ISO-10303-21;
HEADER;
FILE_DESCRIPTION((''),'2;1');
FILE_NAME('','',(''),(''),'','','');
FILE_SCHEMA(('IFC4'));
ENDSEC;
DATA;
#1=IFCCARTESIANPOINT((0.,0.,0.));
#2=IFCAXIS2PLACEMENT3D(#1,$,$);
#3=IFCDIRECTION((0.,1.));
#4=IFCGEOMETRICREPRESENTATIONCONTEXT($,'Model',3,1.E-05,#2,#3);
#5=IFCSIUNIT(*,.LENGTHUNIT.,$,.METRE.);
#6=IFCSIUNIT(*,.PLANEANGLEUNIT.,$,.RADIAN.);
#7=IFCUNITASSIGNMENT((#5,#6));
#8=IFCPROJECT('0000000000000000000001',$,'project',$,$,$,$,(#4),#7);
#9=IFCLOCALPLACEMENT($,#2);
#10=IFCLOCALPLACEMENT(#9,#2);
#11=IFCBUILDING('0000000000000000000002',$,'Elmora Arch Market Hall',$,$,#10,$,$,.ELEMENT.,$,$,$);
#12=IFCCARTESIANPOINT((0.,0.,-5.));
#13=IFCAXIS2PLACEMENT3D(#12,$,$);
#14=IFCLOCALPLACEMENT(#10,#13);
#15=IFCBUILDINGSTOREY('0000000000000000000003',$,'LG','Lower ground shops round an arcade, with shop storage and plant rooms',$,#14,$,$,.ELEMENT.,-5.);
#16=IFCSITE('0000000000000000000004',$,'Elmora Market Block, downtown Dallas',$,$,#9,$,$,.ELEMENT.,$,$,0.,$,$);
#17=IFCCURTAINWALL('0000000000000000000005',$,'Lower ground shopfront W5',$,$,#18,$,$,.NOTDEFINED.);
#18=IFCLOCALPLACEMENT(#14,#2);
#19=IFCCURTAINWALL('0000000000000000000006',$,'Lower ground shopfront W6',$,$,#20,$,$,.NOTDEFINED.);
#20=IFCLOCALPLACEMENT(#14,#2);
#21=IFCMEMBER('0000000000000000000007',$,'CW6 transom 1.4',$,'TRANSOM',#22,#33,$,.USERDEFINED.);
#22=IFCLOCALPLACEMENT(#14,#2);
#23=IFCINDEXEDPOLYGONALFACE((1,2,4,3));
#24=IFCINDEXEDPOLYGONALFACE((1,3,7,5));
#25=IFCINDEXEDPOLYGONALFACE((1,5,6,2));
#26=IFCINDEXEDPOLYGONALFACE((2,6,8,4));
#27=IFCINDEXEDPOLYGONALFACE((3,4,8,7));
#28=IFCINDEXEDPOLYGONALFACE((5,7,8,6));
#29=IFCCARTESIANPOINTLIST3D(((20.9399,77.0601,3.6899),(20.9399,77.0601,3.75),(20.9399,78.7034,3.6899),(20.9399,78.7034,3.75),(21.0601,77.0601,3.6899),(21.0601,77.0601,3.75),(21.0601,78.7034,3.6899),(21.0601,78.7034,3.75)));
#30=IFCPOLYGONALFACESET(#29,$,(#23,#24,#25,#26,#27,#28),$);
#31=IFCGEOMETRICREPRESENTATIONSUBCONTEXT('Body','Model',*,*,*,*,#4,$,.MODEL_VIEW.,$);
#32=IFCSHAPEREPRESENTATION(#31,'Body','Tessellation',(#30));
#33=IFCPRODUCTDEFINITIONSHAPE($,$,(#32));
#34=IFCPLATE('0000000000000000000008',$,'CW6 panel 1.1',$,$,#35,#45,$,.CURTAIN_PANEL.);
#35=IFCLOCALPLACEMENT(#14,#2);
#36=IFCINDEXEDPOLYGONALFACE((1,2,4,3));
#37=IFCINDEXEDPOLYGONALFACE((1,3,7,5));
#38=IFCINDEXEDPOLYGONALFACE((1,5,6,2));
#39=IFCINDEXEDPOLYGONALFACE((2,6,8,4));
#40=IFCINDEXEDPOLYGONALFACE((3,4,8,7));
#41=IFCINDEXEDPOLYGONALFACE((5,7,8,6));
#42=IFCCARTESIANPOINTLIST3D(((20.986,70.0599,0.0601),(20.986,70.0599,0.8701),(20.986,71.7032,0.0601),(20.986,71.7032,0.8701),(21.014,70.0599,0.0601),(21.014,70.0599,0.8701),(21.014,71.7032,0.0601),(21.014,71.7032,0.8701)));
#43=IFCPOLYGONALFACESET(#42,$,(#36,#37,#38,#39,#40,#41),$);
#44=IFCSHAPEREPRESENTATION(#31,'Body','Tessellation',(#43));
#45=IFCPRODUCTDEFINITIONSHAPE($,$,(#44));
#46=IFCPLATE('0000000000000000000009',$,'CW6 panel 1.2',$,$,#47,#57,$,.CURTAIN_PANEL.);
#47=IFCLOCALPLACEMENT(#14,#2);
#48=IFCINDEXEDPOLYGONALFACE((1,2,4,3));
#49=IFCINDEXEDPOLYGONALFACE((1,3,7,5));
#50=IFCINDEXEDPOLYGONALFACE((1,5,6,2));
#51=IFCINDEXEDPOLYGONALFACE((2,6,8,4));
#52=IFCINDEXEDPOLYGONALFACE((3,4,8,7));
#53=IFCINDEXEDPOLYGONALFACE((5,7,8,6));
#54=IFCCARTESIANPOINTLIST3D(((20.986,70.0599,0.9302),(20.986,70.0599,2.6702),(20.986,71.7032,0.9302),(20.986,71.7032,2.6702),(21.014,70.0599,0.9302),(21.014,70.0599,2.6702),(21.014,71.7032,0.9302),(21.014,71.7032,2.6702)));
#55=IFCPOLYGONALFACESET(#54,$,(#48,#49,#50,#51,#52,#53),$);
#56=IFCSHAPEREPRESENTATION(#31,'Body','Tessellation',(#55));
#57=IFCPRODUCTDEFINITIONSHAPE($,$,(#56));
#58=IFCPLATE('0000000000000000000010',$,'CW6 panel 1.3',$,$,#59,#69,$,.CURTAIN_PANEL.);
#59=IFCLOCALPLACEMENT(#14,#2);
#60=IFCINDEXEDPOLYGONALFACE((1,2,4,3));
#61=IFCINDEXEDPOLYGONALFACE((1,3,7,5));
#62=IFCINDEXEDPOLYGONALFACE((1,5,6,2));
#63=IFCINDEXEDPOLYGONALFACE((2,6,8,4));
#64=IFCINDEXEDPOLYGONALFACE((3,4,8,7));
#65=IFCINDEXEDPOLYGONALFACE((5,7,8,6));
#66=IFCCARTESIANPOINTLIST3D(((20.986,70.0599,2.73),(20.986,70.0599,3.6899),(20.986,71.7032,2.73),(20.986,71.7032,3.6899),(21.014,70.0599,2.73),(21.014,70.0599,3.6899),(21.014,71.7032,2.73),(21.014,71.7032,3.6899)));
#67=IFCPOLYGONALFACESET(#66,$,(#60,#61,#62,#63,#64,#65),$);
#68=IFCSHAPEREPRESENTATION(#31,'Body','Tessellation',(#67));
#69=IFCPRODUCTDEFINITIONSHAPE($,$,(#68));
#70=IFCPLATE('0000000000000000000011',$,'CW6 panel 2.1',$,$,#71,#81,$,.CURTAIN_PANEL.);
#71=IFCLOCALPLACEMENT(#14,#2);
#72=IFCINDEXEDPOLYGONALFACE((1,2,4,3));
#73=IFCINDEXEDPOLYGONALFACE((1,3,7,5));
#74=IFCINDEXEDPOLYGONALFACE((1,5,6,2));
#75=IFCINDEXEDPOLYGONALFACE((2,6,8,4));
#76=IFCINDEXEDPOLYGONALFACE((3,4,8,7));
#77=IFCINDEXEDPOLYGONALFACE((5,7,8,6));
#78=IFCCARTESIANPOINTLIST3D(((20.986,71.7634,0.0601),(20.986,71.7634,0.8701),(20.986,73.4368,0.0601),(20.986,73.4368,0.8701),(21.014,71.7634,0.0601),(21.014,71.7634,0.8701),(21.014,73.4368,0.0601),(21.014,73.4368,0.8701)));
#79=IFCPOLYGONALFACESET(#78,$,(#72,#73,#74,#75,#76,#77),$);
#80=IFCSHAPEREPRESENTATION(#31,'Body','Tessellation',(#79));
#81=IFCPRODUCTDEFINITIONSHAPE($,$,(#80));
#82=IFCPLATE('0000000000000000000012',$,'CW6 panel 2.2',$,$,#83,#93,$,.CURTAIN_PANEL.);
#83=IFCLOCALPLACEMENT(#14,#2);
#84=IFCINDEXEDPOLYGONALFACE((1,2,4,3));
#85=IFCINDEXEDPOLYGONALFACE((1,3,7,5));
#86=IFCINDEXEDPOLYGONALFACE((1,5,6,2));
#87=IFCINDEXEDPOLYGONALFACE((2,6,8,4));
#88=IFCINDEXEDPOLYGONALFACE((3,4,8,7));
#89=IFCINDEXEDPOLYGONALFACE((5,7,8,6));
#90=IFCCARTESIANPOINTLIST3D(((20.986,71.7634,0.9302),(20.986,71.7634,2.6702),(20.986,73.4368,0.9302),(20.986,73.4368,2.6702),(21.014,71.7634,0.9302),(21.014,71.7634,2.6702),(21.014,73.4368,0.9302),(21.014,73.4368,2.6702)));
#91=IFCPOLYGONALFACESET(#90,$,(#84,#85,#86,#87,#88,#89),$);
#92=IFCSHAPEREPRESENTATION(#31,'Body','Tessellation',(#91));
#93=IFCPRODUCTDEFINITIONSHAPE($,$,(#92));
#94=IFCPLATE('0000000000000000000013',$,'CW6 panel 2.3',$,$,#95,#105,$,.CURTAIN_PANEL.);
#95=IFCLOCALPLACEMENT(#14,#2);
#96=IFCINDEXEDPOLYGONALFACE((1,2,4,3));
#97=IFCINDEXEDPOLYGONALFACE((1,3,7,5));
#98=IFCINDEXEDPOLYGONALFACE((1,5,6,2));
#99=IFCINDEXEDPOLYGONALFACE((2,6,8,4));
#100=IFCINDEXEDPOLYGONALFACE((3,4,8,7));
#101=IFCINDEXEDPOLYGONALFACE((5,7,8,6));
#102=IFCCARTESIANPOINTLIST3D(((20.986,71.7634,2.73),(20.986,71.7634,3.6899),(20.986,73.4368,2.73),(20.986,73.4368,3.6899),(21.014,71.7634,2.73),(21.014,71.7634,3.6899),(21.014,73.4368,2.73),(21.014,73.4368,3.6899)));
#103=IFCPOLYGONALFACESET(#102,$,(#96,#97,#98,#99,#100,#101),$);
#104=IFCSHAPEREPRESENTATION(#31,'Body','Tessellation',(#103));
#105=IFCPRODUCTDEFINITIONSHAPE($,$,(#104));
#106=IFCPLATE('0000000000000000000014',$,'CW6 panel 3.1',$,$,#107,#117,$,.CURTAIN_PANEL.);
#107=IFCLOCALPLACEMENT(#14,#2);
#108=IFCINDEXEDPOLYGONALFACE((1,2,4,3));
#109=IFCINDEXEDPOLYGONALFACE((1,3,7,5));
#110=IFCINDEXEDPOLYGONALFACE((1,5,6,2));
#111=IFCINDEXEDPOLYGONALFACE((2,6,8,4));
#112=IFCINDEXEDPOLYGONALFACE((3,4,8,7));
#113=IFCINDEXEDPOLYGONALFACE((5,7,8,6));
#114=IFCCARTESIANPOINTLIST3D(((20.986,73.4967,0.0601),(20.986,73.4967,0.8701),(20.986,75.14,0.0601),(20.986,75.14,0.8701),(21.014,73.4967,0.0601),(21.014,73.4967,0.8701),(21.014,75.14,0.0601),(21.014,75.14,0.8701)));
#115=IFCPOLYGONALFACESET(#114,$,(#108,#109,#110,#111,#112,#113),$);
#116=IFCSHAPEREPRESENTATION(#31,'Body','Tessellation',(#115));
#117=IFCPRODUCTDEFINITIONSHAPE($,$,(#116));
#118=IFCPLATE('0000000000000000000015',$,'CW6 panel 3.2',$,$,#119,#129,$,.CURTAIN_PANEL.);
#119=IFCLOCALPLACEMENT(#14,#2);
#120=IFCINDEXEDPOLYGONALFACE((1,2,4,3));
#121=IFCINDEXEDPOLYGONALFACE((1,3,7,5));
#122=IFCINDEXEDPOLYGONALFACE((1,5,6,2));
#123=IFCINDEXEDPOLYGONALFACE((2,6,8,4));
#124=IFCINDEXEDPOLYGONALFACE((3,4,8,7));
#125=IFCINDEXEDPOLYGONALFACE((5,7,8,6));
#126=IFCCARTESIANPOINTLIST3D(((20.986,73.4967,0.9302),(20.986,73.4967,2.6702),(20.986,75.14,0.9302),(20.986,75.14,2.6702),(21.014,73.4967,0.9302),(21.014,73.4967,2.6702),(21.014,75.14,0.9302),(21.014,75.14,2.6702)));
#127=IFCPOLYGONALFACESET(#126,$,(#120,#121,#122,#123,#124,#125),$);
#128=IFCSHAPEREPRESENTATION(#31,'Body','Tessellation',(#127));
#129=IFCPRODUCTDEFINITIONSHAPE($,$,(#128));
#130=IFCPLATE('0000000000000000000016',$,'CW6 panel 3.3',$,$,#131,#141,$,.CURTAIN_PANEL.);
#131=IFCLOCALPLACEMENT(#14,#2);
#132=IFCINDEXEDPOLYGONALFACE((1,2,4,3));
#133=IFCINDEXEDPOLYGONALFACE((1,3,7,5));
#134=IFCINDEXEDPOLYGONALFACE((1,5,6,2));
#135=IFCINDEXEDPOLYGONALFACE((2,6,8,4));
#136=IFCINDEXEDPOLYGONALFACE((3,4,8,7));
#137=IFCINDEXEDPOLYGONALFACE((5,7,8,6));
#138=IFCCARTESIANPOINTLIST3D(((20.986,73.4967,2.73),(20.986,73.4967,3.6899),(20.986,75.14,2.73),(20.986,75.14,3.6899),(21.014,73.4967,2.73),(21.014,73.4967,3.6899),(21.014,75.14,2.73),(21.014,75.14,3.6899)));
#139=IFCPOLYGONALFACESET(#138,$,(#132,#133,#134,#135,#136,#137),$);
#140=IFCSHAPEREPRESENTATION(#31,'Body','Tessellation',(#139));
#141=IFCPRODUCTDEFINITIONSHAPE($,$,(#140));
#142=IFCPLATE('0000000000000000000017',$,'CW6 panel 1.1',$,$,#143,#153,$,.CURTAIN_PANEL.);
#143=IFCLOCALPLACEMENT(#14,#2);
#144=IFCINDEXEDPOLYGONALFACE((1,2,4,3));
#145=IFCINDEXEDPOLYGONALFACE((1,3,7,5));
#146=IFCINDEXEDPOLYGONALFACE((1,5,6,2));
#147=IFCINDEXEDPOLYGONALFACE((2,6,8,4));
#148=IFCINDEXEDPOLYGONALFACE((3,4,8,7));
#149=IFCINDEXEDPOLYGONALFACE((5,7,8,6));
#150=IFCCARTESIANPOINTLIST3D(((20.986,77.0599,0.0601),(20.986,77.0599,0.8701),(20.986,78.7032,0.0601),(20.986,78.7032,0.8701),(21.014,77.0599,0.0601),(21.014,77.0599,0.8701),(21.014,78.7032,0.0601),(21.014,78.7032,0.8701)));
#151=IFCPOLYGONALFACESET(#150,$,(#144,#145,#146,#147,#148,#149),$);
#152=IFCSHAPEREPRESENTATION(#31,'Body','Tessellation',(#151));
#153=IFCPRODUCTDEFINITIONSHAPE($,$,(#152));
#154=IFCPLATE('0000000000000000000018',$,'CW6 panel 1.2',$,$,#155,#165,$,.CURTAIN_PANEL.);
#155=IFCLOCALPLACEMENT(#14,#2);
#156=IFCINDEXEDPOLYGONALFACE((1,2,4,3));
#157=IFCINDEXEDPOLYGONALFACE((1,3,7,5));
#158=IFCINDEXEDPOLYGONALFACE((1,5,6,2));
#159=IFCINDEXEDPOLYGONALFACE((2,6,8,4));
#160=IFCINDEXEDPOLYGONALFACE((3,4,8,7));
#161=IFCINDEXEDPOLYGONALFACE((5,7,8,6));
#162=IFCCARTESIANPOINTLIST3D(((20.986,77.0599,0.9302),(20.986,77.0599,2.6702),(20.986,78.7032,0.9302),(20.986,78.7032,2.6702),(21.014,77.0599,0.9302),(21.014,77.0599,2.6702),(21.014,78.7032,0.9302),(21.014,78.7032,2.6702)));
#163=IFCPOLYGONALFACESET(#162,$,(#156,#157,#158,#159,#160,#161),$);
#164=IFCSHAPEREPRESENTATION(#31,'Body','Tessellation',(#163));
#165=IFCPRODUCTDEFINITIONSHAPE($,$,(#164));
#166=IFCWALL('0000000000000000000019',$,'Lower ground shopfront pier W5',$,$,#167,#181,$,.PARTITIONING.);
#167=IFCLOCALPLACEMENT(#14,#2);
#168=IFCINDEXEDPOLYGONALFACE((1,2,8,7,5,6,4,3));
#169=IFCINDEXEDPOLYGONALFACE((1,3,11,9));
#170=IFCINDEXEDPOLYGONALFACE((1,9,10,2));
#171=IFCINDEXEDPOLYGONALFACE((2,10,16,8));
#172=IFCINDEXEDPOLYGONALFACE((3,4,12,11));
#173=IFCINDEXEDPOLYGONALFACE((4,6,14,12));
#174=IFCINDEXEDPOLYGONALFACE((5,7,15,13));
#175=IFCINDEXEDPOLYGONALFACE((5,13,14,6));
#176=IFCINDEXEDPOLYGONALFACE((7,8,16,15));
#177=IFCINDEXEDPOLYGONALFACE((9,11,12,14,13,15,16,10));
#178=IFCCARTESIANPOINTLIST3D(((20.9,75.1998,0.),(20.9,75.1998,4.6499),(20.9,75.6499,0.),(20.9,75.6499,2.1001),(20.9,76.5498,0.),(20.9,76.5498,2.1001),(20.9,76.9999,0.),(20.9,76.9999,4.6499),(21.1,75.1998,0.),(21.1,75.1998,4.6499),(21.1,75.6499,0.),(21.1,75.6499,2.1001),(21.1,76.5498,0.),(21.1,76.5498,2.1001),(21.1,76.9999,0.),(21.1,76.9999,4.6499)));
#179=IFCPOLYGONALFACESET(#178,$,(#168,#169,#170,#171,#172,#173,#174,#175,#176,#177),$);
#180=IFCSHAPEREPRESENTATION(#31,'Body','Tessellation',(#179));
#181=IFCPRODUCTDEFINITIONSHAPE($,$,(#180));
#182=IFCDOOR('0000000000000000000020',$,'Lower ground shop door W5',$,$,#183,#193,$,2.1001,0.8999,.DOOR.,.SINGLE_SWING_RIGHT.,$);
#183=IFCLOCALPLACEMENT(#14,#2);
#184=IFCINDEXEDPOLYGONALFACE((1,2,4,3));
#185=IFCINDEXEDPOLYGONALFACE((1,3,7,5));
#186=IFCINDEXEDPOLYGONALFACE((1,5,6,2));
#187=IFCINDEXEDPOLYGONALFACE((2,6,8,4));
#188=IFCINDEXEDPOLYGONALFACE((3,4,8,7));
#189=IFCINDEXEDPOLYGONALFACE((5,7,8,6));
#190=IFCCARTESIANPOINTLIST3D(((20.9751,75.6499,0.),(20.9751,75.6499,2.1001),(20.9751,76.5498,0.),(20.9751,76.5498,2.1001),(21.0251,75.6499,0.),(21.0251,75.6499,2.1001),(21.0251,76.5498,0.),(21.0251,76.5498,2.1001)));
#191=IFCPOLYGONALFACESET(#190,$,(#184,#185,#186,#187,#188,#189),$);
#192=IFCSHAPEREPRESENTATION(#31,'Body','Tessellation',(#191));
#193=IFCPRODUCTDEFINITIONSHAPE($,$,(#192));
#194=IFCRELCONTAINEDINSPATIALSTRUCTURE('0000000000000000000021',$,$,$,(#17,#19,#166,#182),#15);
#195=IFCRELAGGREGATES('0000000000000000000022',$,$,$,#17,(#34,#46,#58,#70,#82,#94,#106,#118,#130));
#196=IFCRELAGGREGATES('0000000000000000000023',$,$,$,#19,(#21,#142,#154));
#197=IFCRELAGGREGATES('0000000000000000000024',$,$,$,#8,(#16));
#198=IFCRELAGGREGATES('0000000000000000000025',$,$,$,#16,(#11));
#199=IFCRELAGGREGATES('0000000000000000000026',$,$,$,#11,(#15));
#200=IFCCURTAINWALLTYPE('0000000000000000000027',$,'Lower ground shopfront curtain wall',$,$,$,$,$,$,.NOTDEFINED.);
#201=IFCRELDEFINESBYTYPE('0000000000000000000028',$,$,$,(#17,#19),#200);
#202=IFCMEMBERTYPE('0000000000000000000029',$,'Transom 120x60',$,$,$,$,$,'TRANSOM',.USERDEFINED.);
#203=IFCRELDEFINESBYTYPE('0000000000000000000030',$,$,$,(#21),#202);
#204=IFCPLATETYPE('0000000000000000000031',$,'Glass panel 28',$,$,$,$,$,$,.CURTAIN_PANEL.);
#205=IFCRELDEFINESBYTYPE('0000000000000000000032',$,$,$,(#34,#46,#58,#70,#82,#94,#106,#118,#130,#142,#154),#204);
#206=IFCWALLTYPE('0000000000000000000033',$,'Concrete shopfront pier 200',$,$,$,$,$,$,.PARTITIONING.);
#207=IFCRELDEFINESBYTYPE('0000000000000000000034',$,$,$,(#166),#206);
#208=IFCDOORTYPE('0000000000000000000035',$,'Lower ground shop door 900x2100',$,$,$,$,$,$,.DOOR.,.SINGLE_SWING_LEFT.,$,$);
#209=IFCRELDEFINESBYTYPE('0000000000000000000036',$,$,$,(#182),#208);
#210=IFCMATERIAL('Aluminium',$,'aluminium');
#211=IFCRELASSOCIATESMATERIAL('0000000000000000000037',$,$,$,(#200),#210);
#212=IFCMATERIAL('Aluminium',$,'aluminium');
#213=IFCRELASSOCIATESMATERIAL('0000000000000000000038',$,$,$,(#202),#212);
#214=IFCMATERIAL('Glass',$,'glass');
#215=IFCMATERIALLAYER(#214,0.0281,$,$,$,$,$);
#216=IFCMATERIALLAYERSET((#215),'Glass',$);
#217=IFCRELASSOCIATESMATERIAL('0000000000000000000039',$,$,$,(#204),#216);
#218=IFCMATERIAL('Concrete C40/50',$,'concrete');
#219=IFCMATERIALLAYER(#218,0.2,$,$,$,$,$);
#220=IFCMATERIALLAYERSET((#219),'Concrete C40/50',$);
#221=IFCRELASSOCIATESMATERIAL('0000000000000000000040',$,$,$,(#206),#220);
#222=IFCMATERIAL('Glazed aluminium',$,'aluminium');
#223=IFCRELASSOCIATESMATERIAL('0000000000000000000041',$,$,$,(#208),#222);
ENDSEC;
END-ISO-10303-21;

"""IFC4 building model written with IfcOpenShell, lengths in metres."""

from ifc_helpers import new_model, si_unit, direction, frame, frame_2d, origin, origin_2d, place, context, subcontext, project, spatial, rectangle, extrude, material, layer, layer_set, material_profile, profile_set, type_object, element, fill, aggregate, save


model = new_model("IFC4")

# Units and contexts
model_context = context("Model", 3, precision=1e-05, world=origin(), true_north=direction((0.0, 1.0)))
body_context = subcontext(model_context, "Body", "Model", "MODEL_VIEW")
ifc_project = project(units=[si_unit("LENGTHUNIT", "METRE"), si_unit("PLANEANGLEUNIT", "RADIAN")], contexts=[model_context])

# Site, building, storey
site_placement = place(None, origin())
site = spatial("IfcSite", under=ifc_project, at=site_placement, Name="Elmora Market Block, downtown Dallas", CompositionType="ELEMENT", RefElevation=0.0)
building_placement = place(site_placement, origin())
building = spatial("IfcBuilding", under=site, at=building_placement, Name="Elmora Arch Market Hall", CompositionType="ELEMENT")
storey_placement = place(building_placement, frame((0.0, 0.0, -5.0)))
storey = spatial("IfcBuildingStorey", under=building, at=storey_placement, Name="LG", Description="Lower ground shops round an arcade, with shop storage and plant rooms", CompositionType="ELEMENT", Elevation=-5.0)

# Curtain wall
ifc_material_1 = material(Name="Aluminium", Category="aluminium")
curtain_wall_type = type_object("IfcCurtainWallType", Name="Lower ground shopfront curtain wall", PredefinedType="NOTDEFINED", material=ifc_material_1)
curtain_wall_1_placement = place(storey_placement, origin())
curtain_wall_1 = element("IfcCurtainWall", 1, at=curtain_wall_1_placement, inside=storey, type_object=curtain_wall_type, Name="Lower ground shopfront W5", PredefinedType="NOTDEFINED")

# Curtain wall
curtain_wall_2_placement = place(storey_placement, origin())
curtain_wall_2 = element("IfcCurtainWall", 2, at=curtain_wall_2_placement, inside=storey, type_object=curtain_wall_type, Name="Lower ground shopfront W6", PredefinedType="NOTDEFINED")

# Member
ifc_material_2 = material(Name="Aluminium", Category="aluminium")
ifc_material_profile_1 = material_profile(ifc_material_2, rectangle(XDim=0.1201, YDim=0.0601, at=origin_2d()), Name="AL 120x60")
ifc_profile_set_1 = profile_set([ifc_material_profile_1], Name="Aluminium")
member_type_1 = type_object("IfcMemberType", Name="Transom 120x60", ElementType="TRANSOM", PredefinedType="USERDEFINED", material=ifc_profile_set_1)
member_1_placement = place(storey_placement, frame((21.0, 77.0601, 3.72), z_axis=(0.0, 1.0, 0.0), x_axis=(-1.0, 0.0, 0.0)))
member_1 = element("IfcMember", 3, at=member_1_placement, type_object=member_type_1, Name="CW6 transom 1.4", ObjectType="TRANSOM", PredefinedType="USERDEFINED", context=body_context, shape_type="SweptSolid", body=[
    extrude(rectangle(XDim=0.1201, YDim=0.0601, at=origin_2d()), origin(), (0.0, 0.0, 1.0), 1.6433),
])

# Plates
ifc_material_3 = material(Name="Glass", Category="glass")
ifc_layer_1 = layer(ifc_material_3, 0.0281)
ifc_layer_set_1 = layer_set([ifc_layer_1], Name="Glass")
plate_type = type_object("IfcPlateType", Name="Glass panel 28", PredefinedType="CURTAIN_PANEL", material=ifc_layer_set_1)
plate_1_placement = place(storey_placement, frame((21.0, 70.8816, 0.0601), z_axis=(0.0, 0.0, 1.0), x_axis=(0.0, 1.0, 0.0)))
plate_1 = element("IfcPlate", 4, at=plate_1_placement, type_object=plate_type, Name="CW6 panel 1.1", PredefinedType="CURTAIN_PANEL", context=body_context, shape_type="SweptSolid", body=[
    extrude(rectangle(XDim=1.6433, YDim=0.0281, at=origin_2d()), origin(), (0.0, 0.0, 1.0), 0.8101),
])
plate_2_placement = place(storey_placement, frame((21.0, 70.8816, 0.9302), z_axis=(0.0, 0.0, 1.0), x_axis=(0.0, 1.0, 0.0)))
plate_2 = element("IfcPlate", 5, at=plate_2_placement, type_object=plate_type, Name="CW6 panel 1.2", PredefinedType="CURTAIN_PANEL", context=body_context, shape_type="SweptSolid", body=[
    extrude(rectangle(XDim=1.6433, YDim=0.0281, at=origin_2d()), origin(), (0.0, 0.0, 1.0), 1.74),
])
plate_3_placement = place(storey_placement, frame((21.0, 70.8816, 2.73), z_axis=(0.0, 0.0, 1.0), x_axis=(0.0, 1.0, 0.0)))
plate_3 = element("IfcPlate", 6, at=plate_3_placement, type_object=plate_type, Name="CW6 panel 1.3", PredefinedType="CURTAIN_PANEL", context=body_context, shape_type="SweptSolid", body=[
    extrude(rectangle(XDim=1.6433, YDim=0.0281, at=origin_2d()), origin(), (0.0, 0.0, 1.0), 0.96),
])
plate_4_placement = place(storey_placement, frame((21.0, 72.6001, 0.0601), z_axis=(0.0, 0.0, 1.0), x_axis=(0.0, 1.0, 0.0)))
plate_4 = element("IfcPlate", 7, at=plate_4_placement, type_object=plate_type, Name="CW6 panel 2.1", PredefinedType="CURTAIN_PANEL", context=body_context, shape_type="SweptSolid", body=[
    extrude(rectangle(XDim=1.6733, YDim=0.0281, at=origin_2d()), origin(), (0.0, 0.0, 1.0), 0.8101),
])
plate_5_placement = place(storey_placement, frame((21.0, 72.6001, 0.9302), z_axis=(0.0, 0.0, 1.0), x_axis=(0.0, 1.0, 0.0)))
plate_5 = element("IfcPlate", 8, at=plate_5_placement, type_object=plate_type, Name="CW6 panel 2.2", PredefinedType="CURTAIN_PANEL", context=body_context, shape_type="SweptSolid", body=[
    extrude(rectangle(XDim=1.6733, YDim=0.0281, at=origin_2d()), origin(), (0.0, 0.0, 1.0), 1.74),
])
plate_6_placement = place(storey_placement, frame((21.0, 72.6001, 2.73), z_axis=(0.0, 0.0, 1.0), x_axis=(0.0, 1.0, 0.0)))
plate_6 = element("IfcPlate", 9, at=plate_6_placement, type_object=plate_type, Name="CW6 panel 2.3", PredefinedType="CURTAIN_PANEL", context=body_context, shape_type="SweptSolid", body=[
    extrude(rectangle(XDim=1.6733, YDim=0.0281, at=origin_2d()), origin(), (0.0, 0.0, 1.0), 0.96),
])
plate_7_placement = place(storey_placement, frame((21.0, 74.3184, 0.0601), z_axis=(0.0, 0.0, 1.0), x_axis=(0.0, 1.0, 0.0)))
plate_7 = element("IfcPlate", 10, at=plate_7_placement, type_object=plate_type, Name="CW6 panel 3.1", PredefinedType="CURTAIN_PANEL", context=body_context, shape_type="SweptSolid", body=[
    extrude(rectangle(XDim=1.6433, YDim=0.0281, at=origin_2d()), origin(), (0.0, 0.0, 1.0), 0.8101),
])
plate_8_placement = place(storey_placement, frame((21.0, 74.3184, 0.9302), z_axis=(0.0, 0.0, 1.0), x_axis=(0.0, 1.0, 0.0)))
plate_8 = element("IfcPlate", 11, at=plate_8_placement, type_object=plate_type, Name="CW6 panel 3.2", PredefinedType="CURTAIN_PANEL", context=body_context, shape_type="SweptSolid", body=[
    extrude(rectangle(XDim=1.6433, YDim=0.0281, at=origin_2d()), origin(), (0.0, 0.0, 1.0), 1.74),
])
plate_9_placement = place(storey_placement, frame((21.0, 74.3184, 2.73), z_axis=(0.0, 0.0, 1.0), x_axis=(0.0, 1.0, 0.0)))
plate_9 = element("IfcPlate", 12, at=plate_9_placement, type_object=plate_type, Name="CW6 panel 3.3", PredefinedType="CURTAIN_PANEL", context=body_context, shape_type="SweptSolid", body=[
    extrude(rectangle(XDim=1.6433, YDim=0.0281, at=origin_2d()), origin(), (0.0, 0.0, 1.0), 0.96),
])
aggregate(curtain_wall_1, [plate_1, plate_2, plate_3, plate_4, plate_5, plate_6, plate_7, plate_8, plate_9])
plate_10_placement = place(storey_placement, frame((21.0, 77.8816, 0.0601), z_axis=(0.0, 0.0, 1.0), x_axis=(0.0, 1.0, 0.0)))
plate_10 = element("IfcPlate", 13, at=plate_10_placement, type_object=plate_type, Name="CW6 panel 1.1", PredefinedType="CURTAIN_PANEL", context=body_context, shape_type="SweptSolid", body=[
    extrude(rectangle(XDim=1.6433, YDim=0.0281, at=origin_2d()), origin(), (0.0, 0.0, 1.0), 0.8101),
])
plate_11_placement = place(storey_placement, frame((21.0, 77.8816, 0.9302), z_axis=(0.0, 0.0, 1.0), x_axis=(0.0, 1.0, 0.0)))
plate_11 = element("IfcPlate", 14, at=plate_11_placement, type_object=plate_type, Name="CW6 panel 1.2", PredefinedType="CURTAIN_PANEL", context=body_context, shape_type="SweptSolid", body=[
    extrude(rectangle(XDim=1.6433, YDim=0.0281, at=origin_2d()), origin(), (0.0, 0.0, 1.0), 1.74),
])
aggregate(curtain_wall_2, [member_1, plate_10, plate_11])

# Wall, opening, door
ifc_material_4 = material(Name="Concrete C40/50", Category="concrete")
ifc_layer_2 = layer(ifc_material_4, 0.2)
ifc_layer_set_2 = layer_set([ifc_layer_2], Name="Concrete C40/50")
wall_type = type_object("IfcWallType", Name="Concrete shopfront pier 200", PredefinedType="PARTITIONING", material=ifc_layer_set_2)
wall_placement = place(storey_placement, frame((21.0, 75.2, 0.0), z_axis=(0.0, 0.0, 1.0), x_axis=(0.0, 1.0, 0.0)))
wall = element("IfcWall", 15, at=wall_placement, inside=storey, type_object=wall_type, Name="Lower ground shopfront pier W5", PredefinedType="PARTITIONING", context=body_context, shape_type="SweptSolid", body=[
    extrude(rectangle(XDim=1.8, YDim=0.2, at=frame_2d((0.8999, 0.0))), origin(), (0.0, 0.0, 1.0), 4.6499),
])
opening_placement = place(wall_placement, frame((0.45, 0.0, 0.0)))
opening = element("IfcOpeningElement", 16, at=opening_placement, cuts=wall, PredefinedType="OPENING", context=body_context, shape_type="SweptSolid", body=[
    extrude(rectangle(XDim=0.8999, YDim=2.1001, at=frame_2d((0.45, 1.05))), frame((0.0, 0.1099, 0.0), z_axis=(0.0, -1.0, 0.0), x_axis=(1.0, 0.0, 0.0)), (0.0, 0.0, 1.0), 0.22),
])
ifc_material_5 = material(Name="Glazed aluminium", Category="aluminium")
door_type = type_object("IfcDoorType", Name="Lower ground shop door 900x2100", OperationType="SINGLE_SWING_LEFT", PredefinedType="DOOR", material=ifc_material_5)
door_placement = place(opening_placement, origin())
door = element("IfcDoor", 17, at=door_placement, inside=storey, type_object=door_type, Name="Lower ground shop door W5", OperationType="SINGLE_SWING_RIGHT", OverallHeight=2.1001, OverallWidth=0.8999, PredefinedType="DOOR", context=body_context, shape_type="SweptSolid", body=[
    extrude(rectangle(XDim=0.8999, YDim=2.1001, at=frame_2d((0.45, 1.05))), frame((0.0, 0.0249, 0.0), z_axis=(0.0, -1.0, 0.0), x_axis=(1.0, 0.0, 0.0)), (0.0, 0.0, 1.0), 0.05),
])
fill(opening, door)

save(model, "model.ifc")
